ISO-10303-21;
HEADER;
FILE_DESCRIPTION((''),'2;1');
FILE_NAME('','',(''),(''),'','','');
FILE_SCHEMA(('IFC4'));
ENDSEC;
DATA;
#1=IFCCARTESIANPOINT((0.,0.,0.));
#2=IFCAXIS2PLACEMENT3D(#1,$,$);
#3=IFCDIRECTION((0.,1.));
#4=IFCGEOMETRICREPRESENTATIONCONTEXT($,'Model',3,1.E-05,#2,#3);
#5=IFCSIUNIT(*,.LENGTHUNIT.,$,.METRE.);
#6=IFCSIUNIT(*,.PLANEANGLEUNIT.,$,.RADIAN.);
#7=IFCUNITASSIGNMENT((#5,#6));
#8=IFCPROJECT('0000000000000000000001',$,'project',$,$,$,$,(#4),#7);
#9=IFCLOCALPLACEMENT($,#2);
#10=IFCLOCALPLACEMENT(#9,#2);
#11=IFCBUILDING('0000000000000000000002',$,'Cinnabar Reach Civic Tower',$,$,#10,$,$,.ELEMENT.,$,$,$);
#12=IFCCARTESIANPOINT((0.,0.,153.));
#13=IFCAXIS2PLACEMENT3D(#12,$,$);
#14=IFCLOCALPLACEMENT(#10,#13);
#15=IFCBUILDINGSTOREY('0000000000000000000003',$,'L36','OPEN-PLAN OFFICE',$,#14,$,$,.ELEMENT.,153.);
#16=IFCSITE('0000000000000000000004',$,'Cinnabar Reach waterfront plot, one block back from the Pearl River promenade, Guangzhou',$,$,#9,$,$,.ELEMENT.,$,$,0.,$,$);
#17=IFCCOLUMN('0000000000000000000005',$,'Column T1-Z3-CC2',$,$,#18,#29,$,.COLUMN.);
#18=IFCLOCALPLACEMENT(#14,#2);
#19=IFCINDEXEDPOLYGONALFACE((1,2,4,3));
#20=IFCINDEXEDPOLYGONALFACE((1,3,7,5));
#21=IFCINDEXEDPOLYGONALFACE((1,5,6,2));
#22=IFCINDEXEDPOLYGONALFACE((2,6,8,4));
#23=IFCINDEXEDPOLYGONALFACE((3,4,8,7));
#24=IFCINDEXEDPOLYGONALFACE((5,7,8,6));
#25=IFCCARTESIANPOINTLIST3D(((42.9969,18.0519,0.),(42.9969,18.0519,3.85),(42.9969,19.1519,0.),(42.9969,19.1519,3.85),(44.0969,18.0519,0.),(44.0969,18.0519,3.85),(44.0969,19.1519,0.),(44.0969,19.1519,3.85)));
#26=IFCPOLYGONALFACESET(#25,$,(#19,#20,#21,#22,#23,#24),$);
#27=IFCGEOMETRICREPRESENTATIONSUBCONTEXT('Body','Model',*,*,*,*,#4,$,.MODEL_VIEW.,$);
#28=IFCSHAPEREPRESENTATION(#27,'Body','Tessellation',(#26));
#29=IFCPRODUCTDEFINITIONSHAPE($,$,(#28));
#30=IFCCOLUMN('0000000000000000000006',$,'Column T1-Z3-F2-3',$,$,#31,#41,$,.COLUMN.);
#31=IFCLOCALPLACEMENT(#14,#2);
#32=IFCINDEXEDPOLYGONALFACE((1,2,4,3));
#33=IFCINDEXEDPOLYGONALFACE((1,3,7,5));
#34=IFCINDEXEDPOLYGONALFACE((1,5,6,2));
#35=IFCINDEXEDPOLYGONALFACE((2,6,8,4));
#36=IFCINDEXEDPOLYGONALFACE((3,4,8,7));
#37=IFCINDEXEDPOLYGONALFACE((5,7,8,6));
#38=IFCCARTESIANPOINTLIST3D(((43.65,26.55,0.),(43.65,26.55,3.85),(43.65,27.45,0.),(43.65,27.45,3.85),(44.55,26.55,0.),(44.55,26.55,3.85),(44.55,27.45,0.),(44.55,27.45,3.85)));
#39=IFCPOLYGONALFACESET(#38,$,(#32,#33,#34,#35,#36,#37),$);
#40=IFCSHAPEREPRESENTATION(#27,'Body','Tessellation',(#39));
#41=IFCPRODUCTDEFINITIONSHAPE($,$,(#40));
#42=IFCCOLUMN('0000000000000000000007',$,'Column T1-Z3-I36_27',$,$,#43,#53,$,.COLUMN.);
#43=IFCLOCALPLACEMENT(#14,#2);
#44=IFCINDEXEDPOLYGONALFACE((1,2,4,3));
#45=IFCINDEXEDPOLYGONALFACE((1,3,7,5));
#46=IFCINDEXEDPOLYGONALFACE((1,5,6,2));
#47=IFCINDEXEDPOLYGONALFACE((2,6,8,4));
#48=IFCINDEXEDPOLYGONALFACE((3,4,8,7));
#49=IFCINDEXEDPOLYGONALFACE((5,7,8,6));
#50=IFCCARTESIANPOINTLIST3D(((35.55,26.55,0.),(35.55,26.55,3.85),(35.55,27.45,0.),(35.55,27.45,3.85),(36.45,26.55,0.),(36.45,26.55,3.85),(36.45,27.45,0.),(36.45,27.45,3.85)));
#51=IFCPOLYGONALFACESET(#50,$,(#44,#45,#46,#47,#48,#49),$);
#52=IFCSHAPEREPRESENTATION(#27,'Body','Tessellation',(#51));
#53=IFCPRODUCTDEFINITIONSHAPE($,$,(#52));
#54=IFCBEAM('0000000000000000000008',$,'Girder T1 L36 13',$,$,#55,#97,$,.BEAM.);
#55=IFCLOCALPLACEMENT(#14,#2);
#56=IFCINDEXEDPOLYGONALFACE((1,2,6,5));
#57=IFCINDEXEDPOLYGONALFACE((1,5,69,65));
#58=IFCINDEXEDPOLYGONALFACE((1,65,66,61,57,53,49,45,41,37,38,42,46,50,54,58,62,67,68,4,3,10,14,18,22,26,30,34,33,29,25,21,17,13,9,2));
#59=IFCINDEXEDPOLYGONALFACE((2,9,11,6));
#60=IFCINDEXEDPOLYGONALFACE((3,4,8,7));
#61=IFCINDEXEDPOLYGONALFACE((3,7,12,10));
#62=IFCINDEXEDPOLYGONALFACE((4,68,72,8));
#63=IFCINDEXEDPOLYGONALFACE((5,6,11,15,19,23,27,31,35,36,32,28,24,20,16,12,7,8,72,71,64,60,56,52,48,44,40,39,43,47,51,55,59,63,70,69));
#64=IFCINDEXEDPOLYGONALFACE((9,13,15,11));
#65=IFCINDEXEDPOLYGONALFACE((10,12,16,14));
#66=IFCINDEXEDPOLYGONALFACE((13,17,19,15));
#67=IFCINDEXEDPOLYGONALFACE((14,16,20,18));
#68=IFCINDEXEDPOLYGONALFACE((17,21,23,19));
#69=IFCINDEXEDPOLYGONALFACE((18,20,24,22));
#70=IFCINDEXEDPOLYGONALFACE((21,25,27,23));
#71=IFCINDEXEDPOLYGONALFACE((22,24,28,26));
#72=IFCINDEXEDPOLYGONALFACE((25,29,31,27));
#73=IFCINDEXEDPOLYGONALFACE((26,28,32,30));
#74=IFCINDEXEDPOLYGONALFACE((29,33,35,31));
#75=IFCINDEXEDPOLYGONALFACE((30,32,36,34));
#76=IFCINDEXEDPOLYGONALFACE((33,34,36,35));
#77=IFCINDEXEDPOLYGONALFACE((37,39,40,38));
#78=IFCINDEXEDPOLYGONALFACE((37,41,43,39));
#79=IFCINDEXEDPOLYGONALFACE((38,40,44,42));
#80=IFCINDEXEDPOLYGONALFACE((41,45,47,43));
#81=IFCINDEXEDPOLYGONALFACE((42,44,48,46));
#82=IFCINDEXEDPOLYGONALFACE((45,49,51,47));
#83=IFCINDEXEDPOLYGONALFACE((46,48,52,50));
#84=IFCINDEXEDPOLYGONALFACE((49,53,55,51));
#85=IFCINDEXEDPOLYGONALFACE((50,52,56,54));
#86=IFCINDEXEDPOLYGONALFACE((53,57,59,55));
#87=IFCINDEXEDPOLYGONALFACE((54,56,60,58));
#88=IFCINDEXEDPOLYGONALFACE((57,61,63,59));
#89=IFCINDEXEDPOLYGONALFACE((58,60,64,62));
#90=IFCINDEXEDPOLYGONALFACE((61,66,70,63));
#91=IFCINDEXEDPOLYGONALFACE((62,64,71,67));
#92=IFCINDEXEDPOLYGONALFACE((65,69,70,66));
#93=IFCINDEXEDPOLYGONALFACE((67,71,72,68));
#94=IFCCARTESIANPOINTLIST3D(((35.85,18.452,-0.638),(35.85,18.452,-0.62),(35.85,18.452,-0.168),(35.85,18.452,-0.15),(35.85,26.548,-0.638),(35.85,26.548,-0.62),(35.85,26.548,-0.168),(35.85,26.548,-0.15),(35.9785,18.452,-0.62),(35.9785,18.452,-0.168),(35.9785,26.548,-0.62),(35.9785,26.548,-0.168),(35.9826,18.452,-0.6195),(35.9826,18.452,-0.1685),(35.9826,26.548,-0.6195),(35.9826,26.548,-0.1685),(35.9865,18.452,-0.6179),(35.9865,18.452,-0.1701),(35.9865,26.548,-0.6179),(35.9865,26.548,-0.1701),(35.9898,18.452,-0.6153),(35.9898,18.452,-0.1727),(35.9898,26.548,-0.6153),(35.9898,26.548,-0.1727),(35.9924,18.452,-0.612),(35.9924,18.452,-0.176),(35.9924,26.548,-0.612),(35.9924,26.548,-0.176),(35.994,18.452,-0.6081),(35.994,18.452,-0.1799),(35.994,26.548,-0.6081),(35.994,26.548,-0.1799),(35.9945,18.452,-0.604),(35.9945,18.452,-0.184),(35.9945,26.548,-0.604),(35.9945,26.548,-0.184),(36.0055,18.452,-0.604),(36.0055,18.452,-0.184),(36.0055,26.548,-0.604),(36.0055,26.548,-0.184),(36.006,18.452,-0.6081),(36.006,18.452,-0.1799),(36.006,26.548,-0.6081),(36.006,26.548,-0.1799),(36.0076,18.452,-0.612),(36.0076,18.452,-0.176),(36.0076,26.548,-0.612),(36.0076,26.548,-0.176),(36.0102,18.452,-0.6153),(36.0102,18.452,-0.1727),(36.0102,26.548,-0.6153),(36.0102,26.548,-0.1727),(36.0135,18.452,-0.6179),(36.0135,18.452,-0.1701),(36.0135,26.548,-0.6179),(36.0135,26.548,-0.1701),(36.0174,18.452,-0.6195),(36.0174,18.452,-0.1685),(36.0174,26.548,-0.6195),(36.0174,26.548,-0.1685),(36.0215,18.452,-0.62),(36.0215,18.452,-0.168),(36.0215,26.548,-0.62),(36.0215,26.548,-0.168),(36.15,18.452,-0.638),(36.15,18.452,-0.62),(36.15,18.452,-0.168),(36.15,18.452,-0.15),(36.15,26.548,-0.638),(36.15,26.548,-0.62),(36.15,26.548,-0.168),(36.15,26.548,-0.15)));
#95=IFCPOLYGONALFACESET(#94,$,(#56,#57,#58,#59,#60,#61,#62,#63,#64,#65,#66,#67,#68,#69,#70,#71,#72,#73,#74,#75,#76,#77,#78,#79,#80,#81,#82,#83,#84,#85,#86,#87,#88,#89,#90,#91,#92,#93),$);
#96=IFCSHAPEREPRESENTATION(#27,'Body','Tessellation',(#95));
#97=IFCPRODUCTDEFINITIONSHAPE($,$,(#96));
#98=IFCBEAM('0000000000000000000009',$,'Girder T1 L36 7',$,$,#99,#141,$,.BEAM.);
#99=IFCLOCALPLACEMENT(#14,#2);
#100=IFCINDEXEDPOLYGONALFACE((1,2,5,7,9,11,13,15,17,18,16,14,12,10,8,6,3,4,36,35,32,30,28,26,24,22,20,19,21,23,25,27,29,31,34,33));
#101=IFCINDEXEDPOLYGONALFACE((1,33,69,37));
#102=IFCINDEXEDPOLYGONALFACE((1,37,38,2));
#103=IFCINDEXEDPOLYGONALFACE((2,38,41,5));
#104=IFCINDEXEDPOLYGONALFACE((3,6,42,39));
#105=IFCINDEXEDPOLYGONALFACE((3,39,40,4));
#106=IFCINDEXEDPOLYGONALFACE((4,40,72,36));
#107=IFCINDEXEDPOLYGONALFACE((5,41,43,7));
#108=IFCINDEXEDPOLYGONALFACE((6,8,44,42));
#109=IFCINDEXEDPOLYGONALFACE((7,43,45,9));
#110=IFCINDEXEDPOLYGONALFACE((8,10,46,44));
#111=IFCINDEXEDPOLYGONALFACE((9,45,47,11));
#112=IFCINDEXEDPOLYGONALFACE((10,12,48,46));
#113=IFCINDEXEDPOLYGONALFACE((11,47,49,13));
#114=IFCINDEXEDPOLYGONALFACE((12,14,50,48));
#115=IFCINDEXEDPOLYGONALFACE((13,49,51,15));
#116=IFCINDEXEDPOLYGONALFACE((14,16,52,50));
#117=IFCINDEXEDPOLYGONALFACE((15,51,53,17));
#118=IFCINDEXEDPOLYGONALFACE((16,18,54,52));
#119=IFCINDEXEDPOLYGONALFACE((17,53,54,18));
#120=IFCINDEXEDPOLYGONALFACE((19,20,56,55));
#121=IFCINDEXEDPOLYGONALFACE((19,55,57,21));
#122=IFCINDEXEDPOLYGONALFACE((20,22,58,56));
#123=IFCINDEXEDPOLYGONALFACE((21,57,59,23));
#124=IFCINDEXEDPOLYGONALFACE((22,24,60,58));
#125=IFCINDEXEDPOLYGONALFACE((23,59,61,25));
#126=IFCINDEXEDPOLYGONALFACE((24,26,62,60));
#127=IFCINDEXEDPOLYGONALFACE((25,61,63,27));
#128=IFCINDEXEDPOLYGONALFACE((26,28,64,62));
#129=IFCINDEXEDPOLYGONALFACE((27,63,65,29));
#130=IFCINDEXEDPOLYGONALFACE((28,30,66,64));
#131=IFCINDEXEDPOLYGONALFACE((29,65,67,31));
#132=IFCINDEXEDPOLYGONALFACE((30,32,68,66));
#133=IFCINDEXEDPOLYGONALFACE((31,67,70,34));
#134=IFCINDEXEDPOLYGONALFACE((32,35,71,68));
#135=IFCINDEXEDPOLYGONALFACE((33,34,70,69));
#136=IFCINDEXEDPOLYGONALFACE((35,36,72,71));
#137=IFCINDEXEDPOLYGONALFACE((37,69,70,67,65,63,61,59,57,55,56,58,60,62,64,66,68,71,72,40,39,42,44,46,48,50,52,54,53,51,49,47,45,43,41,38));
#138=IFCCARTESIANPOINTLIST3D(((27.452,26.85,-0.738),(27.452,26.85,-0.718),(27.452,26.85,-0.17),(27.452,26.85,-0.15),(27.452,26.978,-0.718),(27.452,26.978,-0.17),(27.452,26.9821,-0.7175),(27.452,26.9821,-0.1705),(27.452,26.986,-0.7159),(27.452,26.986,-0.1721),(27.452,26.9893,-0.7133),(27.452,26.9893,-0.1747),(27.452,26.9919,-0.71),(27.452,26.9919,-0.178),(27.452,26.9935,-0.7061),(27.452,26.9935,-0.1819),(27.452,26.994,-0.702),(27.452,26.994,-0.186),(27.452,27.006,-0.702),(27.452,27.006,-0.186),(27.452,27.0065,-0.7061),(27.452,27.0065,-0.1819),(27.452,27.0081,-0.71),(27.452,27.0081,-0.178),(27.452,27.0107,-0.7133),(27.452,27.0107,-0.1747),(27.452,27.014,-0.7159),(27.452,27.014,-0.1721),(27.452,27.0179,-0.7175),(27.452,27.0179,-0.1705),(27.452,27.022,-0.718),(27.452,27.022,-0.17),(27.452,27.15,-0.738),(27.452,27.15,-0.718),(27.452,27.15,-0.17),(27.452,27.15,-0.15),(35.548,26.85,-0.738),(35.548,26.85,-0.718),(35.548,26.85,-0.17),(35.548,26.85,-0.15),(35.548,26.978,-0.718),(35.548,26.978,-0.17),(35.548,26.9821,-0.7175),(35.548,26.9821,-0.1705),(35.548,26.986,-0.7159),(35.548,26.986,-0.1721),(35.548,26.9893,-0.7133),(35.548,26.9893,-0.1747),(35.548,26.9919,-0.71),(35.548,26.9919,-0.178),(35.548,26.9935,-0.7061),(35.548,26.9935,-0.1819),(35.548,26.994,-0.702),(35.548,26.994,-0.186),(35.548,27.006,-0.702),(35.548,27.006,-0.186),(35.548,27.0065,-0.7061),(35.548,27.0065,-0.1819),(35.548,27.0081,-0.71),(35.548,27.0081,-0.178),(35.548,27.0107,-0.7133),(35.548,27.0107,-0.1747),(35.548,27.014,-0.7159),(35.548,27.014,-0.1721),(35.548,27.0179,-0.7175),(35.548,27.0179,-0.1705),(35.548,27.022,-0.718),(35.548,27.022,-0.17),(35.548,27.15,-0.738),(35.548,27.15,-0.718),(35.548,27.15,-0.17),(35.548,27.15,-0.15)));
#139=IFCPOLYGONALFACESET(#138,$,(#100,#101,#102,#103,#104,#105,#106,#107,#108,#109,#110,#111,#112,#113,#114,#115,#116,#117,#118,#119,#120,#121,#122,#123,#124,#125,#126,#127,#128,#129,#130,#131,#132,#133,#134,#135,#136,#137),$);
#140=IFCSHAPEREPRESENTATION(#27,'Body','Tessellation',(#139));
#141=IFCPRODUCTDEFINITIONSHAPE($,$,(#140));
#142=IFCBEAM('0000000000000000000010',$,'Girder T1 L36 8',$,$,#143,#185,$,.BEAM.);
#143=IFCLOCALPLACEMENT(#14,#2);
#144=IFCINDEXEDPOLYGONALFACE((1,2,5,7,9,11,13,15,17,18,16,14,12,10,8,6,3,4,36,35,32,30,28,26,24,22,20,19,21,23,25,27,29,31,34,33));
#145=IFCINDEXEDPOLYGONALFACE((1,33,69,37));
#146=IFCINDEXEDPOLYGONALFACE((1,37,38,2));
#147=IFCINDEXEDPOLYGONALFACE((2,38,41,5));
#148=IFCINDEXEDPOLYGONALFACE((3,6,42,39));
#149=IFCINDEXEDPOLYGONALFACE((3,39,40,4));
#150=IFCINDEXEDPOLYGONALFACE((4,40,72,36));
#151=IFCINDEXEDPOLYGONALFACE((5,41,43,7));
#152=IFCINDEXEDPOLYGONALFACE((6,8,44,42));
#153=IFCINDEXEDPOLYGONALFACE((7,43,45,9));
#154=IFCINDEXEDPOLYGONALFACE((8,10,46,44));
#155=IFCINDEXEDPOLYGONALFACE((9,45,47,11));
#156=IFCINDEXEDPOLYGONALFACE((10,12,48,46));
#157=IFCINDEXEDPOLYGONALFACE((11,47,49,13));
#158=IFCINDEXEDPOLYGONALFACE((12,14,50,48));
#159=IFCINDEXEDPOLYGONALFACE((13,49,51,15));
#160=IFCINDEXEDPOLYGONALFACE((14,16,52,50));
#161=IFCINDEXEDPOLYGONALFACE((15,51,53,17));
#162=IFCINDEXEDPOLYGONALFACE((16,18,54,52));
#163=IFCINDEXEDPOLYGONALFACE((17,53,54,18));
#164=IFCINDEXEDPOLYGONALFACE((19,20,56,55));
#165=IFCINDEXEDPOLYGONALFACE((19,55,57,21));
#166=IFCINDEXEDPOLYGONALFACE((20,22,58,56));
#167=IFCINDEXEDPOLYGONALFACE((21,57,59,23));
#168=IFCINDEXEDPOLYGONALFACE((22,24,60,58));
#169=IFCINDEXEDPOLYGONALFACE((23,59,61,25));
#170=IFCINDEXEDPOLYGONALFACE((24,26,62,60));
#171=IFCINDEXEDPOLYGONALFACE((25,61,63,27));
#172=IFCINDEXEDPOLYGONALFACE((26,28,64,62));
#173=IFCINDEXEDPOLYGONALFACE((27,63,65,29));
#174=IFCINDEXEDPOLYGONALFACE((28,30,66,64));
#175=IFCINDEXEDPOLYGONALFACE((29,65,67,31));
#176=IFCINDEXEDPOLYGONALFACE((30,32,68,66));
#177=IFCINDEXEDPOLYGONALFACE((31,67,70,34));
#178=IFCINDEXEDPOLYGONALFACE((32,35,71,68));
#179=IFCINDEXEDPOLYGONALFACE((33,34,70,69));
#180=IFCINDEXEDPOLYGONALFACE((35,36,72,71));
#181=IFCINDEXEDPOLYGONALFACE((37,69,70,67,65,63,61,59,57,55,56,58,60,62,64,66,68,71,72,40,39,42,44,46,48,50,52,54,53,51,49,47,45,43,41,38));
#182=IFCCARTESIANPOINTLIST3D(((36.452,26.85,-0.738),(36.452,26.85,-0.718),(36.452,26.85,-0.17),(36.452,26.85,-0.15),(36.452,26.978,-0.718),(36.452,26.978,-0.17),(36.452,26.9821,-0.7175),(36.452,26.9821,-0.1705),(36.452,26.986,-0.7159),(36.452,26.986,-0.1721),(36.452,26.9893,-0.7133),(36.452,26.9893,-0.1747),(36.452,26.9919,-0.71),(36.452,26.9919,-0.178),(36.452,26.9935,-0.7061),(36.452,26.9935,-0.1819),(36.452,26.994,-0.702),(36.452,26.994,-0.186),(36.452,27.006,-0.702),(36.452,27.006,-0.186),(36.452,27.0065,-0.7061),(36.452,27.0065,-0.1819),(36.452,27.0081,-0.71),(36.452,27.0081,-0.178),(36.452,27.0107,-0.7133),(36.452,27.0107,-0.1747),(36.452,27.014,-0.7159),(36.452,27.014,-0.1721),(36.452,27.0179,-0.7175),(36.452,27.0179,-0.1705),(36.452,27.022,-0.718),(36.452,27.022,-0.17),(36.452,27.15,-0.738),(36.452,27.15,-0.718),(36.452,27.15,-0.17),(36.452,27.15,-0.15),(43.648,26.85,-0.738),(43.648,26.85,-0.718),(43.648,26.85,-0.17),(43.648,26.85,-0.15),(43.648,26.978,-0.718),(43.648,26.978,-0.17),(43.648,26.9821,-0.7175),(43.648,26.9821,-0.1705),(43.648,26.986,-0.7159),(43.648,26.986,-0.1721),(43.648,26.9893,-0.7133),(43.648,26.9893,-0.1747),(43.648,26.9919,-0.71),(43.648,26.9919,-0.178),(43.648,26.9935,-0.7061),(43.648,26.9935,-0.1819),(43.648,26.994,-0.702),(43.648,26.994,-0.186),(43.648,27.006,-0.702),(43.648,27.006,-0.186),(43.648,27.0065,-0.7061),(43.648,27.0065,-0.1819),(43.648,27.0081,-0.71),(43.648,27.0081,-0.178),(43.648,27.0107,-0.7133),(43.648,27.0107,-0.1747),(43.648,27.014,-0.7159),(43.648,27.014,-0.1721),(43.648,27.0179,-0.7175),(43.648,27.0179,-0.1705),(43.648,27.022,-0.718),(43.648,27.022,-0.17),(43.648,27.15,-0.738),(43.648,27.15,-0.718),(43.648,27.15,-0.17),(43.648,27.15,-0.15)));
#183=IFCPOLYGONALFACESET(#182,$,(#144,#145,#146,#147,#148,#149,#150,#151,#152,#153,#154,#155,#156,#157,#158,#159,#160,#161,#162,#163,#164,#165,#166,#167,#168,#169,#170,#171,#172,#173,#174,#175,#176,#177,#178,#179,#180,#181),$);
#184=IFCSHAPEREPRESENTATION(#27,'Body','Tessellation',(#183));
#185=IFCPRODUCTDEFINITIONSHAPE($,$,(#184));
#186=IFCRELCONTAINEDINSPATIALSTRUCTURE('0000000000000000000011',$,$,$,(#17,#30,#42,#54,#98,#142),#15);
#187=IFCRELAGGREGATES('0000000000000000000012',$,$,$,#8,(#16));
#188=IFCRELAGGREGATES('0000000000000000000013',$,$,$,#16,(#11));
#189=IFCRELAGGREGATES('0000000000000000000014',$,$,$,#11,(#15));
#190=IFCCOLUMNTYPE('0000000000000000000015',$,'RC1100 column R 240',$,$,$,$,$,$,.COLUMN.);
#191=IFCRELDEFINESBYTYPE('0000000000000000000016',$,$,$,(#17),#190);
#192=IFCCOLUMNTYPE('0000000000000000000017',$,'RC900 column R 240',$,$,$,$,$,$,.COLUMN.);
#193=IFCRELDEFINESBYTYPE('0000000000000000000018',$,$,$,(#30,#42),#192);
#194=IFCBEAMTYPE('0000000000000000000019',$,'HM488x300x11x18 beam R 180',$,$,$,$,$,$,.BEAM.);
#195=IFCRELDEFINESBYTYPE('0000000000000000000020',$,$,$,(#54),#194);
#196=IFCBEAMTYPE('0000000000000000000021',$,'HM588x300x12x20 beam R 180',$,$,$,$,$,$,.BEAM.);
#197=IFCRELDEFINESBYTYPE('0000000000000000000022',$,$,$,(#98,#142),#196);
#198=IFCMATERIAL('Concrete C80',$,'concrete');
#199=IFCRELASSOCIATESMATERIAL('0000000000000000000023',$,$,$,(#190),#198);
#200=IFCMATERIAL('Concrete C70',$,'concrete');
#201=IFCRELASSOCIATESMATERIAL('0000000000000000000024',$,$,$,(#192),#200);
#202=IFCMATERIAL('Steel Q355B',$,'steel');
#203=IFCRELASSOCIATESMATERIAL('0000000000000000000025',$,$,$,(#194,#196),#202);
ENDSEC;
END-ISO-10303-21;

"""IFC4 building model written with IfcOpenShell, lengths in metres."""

from ifc_helpers import new_model, si_unit, direction, frame, origin, origin_2d, place, context, subcontext, project, spatial, rectangle, i_section, extrude, material, material_profile, profile_set, type_object, element, save


model = new_model("IFC4")

# Units and contexts
model_context = context("Model", 3, precision=1e-05, world=origin(), true_north=direction((0.0, 1.0)))
body_context = subcontext(model_context, "Body", "Model", "MODEL_VIEW")
ifc_project = project(units=[si_unit("LENGTHUNIT", "METRE"), si_unit("PLANEANGLEUNIT", "RADIAN")], contexts=[model_context])

# Site, building, storey
site_placement = place(None, origin())
site = spatial("IfcSite", under=ifc_project, at=site_placement, Name="Cinnabar Reach waterfront plot, one block back from the Pearl River promenade, Guangzhou", CompositionType="ELEMENT", RefElevation=0.0)
building_placement = place(site_placement, origin())
building = spatial("IfcBuilding", under=site, at=building_placement, Name="Cinnabar Reach Civic Tower", CompositionType="ELEMENT")
storey_placement = place(building_placement, frame((0.0, 0.0, 153.0)))
storey = spatial("IfcBuildingStorey", under=building, at=storey_placement, Name="L36", Description="OPEN-PLAN OFFICE", CompositionType="ELEMENT", Elevation=153.0)

# Columns
ifc_material_1 = material(Name="Concrete C80", Category="concrete")
ifc_material_profile_1 = material_profile(ifc_material_1, rectangle(XDim=1.1, YDim=1.1, at=origin_2d()), Name="RC1100")
ifc_profile_set_1 = profile_set([ifc_material_profile_1], Name="Concrete C80")
column_type_1 = type_object("IfcColumnType", Name="RC1100 column R 240", PredefinedType="COLUMN", material=ifc_profile_set_1)
column_placement = place(storey_placement, frame((43.5469, 18.6019, 0.0), z_axis=(0.0, 0.0, 1.0), x_axis=(1.0, 0.0, 0.0)))
element("IfcColumn", 1, at=column_placement, inside=storey, type_object=column_type_1, Name="Column T1-Z3-CC2", PredefinedType="COLUMN", context=body_context, shape_type="SweptSolid", body=[
    extrude(rectangle(XDim=1.1, YDim=1.1, at=origin_2d()), origin(), (0.0, 0.0, 1.0), 3.85),
])
ifc_material_2 = material(Name="Concrete C70", Category="concrete")
ifc_material_profile_2 = material_profile(ifc_material_2, rectangle(XDim=0.9, YDim=0.9, at=origin_2d()), Name="RC900")
ifc_profile_set_2 = profile_set([ifc_material_profile_2], Name="Concrete C70")
column_type_2 = type_object("IfcColumnType", Name="RC900 column R 240", PredefinedType="COLUMN", material=ifc_profile_set_2)
for number, where, z_axis, x_axis, name in (
    (2, (44.1, 27.0, 0.0), (0.0, 0.0, 1.0), (1.0, 0.0, 0.0), "Column T1-Z3-F2-3"),
    (3, (36.0, 27.0, 0.0), (0.0, 0.0, 1.0), (1.0, 0.0, 0.0), "Column T1-Z3-I36_27"),
):
    element("IfcColumn", number, at=place(storey_placement, frame(where, z_axis=z_axis, x_axis=x_axis)), inside=storey, type_object=column_type_2, Name=name, PredefinedType="COLUMN", context=body_context, shape_type="SweptSolid", body=[
        extrude(rectangle(XDim=0.9, YDim=0.9, at=origin_2d()), origin(), (0.0, 0.0, 1.0), 3.85),
    ])

# Beams
ifc_material_3 = material(Name="Steel Q355B", Category="steel")
ifc_material_profile_3 = material_profile(ifc_material_3, i_section(OverallWidth=0.3, OverallDepth=0.488, WebThickness=0.011, FlangeThickness=0.018, FilletRadius=0.016, at=origin_2d()), Name="HM488x300x11x18")
ifc_profile_set_3 = profile_set([ifc_material_profile_3], Name="Steel Q355B")
beam_type_1 = type_object("IfcBeamType", Name="HM488x300x11x18 beam R 180", PredefinedType="BEAM", material=ifc_profile_set_3)
beam_1_placement = place(storey_placement, frame((36.0, 18.452, -0.394), z_axis=(0.0, 1.0, 0.0), x_axis=(-1.0, 0.0, 0.0)))
element("IfcBeam", 4, at=beam_1_placement, inside=storey, type_object=beam_type_1, Name="Girder T1 L36 13", PredefinedType="BEAM", context=body_context, shape_type="SweptSolid", body=[
    extrude(i_section(OverallWidth=0.3, OverallDepth=0.488, WebThickness=0.011, FlangeThickness=0.018, FilletRadius=0.016, at=origin_2d()), origin(), (0.0, 0.0, 1.0), 8.096),
])
ifc_material_profile_4 = material_profile(ifc_material_3, i_section(OverallWidth=0.3, OverallDepth=0.588, WebThickness=0.012, FlangeThickness=0.02, FilletRadius=0.016, at=origin_2d()), Name="HM588x300x12x20")
ifc_profile_set_4 = profile_set([ifc_material_profile_4], Name="Steel Q355B")
beam_type_2 = type_object("IfcBeamType", Name="HM588x300x12x20 beam R 180", PredefinedType="BEAM", material=ifc_profile_set_4)
beam_2_placement = place(storey_placement, frame((27.452, 27.0, -0.444), z_axis=(1.0, 0.0, 0.0), x_axis=(0.0, 1.0, 0.0)))
element("IfcBeam", 5, at=beam_2_placement, inside=storey, type_object=beam_type_2, Name="Girder T1 L36 7", PredefinedType="BEAM", context=body_context, shape_type="SweptSolid", body=[
    extrude(i_section(OverallWidth=0.3, OverallDepth=0.588, WebThickness=0.012, FlangeThickness=0.02, FilletRadius=0.016, at=origin_2d()), origin(), (0.0, 0.0, 1.0), 8.096),
])
beam_3_placement = place(storey_placement, frame((36.452, 27.0, -0.444), z_axis=(1.0, 0.0, 0.0), x_axis=(0.0, 1.0, 0.0)))
element("IfcBeam", 6, at=beam_3_placement, inside=storey, type_object=beam_type_2, Name="Girder T1 L36 8", PredefinedType="BEAM", context=body_context, shape_type="SweptSolid", body=[
    extrude(i_section(OverallWidth=0.3, OverallDepth=0.588, WebThickness=0.012, FlangeThickness=0.02, FilletRadius=0.016, at=origin_2d()), origin(), (0.0, 0.0, 1.0), 7.196),
])

save(model, "model.ifc")
